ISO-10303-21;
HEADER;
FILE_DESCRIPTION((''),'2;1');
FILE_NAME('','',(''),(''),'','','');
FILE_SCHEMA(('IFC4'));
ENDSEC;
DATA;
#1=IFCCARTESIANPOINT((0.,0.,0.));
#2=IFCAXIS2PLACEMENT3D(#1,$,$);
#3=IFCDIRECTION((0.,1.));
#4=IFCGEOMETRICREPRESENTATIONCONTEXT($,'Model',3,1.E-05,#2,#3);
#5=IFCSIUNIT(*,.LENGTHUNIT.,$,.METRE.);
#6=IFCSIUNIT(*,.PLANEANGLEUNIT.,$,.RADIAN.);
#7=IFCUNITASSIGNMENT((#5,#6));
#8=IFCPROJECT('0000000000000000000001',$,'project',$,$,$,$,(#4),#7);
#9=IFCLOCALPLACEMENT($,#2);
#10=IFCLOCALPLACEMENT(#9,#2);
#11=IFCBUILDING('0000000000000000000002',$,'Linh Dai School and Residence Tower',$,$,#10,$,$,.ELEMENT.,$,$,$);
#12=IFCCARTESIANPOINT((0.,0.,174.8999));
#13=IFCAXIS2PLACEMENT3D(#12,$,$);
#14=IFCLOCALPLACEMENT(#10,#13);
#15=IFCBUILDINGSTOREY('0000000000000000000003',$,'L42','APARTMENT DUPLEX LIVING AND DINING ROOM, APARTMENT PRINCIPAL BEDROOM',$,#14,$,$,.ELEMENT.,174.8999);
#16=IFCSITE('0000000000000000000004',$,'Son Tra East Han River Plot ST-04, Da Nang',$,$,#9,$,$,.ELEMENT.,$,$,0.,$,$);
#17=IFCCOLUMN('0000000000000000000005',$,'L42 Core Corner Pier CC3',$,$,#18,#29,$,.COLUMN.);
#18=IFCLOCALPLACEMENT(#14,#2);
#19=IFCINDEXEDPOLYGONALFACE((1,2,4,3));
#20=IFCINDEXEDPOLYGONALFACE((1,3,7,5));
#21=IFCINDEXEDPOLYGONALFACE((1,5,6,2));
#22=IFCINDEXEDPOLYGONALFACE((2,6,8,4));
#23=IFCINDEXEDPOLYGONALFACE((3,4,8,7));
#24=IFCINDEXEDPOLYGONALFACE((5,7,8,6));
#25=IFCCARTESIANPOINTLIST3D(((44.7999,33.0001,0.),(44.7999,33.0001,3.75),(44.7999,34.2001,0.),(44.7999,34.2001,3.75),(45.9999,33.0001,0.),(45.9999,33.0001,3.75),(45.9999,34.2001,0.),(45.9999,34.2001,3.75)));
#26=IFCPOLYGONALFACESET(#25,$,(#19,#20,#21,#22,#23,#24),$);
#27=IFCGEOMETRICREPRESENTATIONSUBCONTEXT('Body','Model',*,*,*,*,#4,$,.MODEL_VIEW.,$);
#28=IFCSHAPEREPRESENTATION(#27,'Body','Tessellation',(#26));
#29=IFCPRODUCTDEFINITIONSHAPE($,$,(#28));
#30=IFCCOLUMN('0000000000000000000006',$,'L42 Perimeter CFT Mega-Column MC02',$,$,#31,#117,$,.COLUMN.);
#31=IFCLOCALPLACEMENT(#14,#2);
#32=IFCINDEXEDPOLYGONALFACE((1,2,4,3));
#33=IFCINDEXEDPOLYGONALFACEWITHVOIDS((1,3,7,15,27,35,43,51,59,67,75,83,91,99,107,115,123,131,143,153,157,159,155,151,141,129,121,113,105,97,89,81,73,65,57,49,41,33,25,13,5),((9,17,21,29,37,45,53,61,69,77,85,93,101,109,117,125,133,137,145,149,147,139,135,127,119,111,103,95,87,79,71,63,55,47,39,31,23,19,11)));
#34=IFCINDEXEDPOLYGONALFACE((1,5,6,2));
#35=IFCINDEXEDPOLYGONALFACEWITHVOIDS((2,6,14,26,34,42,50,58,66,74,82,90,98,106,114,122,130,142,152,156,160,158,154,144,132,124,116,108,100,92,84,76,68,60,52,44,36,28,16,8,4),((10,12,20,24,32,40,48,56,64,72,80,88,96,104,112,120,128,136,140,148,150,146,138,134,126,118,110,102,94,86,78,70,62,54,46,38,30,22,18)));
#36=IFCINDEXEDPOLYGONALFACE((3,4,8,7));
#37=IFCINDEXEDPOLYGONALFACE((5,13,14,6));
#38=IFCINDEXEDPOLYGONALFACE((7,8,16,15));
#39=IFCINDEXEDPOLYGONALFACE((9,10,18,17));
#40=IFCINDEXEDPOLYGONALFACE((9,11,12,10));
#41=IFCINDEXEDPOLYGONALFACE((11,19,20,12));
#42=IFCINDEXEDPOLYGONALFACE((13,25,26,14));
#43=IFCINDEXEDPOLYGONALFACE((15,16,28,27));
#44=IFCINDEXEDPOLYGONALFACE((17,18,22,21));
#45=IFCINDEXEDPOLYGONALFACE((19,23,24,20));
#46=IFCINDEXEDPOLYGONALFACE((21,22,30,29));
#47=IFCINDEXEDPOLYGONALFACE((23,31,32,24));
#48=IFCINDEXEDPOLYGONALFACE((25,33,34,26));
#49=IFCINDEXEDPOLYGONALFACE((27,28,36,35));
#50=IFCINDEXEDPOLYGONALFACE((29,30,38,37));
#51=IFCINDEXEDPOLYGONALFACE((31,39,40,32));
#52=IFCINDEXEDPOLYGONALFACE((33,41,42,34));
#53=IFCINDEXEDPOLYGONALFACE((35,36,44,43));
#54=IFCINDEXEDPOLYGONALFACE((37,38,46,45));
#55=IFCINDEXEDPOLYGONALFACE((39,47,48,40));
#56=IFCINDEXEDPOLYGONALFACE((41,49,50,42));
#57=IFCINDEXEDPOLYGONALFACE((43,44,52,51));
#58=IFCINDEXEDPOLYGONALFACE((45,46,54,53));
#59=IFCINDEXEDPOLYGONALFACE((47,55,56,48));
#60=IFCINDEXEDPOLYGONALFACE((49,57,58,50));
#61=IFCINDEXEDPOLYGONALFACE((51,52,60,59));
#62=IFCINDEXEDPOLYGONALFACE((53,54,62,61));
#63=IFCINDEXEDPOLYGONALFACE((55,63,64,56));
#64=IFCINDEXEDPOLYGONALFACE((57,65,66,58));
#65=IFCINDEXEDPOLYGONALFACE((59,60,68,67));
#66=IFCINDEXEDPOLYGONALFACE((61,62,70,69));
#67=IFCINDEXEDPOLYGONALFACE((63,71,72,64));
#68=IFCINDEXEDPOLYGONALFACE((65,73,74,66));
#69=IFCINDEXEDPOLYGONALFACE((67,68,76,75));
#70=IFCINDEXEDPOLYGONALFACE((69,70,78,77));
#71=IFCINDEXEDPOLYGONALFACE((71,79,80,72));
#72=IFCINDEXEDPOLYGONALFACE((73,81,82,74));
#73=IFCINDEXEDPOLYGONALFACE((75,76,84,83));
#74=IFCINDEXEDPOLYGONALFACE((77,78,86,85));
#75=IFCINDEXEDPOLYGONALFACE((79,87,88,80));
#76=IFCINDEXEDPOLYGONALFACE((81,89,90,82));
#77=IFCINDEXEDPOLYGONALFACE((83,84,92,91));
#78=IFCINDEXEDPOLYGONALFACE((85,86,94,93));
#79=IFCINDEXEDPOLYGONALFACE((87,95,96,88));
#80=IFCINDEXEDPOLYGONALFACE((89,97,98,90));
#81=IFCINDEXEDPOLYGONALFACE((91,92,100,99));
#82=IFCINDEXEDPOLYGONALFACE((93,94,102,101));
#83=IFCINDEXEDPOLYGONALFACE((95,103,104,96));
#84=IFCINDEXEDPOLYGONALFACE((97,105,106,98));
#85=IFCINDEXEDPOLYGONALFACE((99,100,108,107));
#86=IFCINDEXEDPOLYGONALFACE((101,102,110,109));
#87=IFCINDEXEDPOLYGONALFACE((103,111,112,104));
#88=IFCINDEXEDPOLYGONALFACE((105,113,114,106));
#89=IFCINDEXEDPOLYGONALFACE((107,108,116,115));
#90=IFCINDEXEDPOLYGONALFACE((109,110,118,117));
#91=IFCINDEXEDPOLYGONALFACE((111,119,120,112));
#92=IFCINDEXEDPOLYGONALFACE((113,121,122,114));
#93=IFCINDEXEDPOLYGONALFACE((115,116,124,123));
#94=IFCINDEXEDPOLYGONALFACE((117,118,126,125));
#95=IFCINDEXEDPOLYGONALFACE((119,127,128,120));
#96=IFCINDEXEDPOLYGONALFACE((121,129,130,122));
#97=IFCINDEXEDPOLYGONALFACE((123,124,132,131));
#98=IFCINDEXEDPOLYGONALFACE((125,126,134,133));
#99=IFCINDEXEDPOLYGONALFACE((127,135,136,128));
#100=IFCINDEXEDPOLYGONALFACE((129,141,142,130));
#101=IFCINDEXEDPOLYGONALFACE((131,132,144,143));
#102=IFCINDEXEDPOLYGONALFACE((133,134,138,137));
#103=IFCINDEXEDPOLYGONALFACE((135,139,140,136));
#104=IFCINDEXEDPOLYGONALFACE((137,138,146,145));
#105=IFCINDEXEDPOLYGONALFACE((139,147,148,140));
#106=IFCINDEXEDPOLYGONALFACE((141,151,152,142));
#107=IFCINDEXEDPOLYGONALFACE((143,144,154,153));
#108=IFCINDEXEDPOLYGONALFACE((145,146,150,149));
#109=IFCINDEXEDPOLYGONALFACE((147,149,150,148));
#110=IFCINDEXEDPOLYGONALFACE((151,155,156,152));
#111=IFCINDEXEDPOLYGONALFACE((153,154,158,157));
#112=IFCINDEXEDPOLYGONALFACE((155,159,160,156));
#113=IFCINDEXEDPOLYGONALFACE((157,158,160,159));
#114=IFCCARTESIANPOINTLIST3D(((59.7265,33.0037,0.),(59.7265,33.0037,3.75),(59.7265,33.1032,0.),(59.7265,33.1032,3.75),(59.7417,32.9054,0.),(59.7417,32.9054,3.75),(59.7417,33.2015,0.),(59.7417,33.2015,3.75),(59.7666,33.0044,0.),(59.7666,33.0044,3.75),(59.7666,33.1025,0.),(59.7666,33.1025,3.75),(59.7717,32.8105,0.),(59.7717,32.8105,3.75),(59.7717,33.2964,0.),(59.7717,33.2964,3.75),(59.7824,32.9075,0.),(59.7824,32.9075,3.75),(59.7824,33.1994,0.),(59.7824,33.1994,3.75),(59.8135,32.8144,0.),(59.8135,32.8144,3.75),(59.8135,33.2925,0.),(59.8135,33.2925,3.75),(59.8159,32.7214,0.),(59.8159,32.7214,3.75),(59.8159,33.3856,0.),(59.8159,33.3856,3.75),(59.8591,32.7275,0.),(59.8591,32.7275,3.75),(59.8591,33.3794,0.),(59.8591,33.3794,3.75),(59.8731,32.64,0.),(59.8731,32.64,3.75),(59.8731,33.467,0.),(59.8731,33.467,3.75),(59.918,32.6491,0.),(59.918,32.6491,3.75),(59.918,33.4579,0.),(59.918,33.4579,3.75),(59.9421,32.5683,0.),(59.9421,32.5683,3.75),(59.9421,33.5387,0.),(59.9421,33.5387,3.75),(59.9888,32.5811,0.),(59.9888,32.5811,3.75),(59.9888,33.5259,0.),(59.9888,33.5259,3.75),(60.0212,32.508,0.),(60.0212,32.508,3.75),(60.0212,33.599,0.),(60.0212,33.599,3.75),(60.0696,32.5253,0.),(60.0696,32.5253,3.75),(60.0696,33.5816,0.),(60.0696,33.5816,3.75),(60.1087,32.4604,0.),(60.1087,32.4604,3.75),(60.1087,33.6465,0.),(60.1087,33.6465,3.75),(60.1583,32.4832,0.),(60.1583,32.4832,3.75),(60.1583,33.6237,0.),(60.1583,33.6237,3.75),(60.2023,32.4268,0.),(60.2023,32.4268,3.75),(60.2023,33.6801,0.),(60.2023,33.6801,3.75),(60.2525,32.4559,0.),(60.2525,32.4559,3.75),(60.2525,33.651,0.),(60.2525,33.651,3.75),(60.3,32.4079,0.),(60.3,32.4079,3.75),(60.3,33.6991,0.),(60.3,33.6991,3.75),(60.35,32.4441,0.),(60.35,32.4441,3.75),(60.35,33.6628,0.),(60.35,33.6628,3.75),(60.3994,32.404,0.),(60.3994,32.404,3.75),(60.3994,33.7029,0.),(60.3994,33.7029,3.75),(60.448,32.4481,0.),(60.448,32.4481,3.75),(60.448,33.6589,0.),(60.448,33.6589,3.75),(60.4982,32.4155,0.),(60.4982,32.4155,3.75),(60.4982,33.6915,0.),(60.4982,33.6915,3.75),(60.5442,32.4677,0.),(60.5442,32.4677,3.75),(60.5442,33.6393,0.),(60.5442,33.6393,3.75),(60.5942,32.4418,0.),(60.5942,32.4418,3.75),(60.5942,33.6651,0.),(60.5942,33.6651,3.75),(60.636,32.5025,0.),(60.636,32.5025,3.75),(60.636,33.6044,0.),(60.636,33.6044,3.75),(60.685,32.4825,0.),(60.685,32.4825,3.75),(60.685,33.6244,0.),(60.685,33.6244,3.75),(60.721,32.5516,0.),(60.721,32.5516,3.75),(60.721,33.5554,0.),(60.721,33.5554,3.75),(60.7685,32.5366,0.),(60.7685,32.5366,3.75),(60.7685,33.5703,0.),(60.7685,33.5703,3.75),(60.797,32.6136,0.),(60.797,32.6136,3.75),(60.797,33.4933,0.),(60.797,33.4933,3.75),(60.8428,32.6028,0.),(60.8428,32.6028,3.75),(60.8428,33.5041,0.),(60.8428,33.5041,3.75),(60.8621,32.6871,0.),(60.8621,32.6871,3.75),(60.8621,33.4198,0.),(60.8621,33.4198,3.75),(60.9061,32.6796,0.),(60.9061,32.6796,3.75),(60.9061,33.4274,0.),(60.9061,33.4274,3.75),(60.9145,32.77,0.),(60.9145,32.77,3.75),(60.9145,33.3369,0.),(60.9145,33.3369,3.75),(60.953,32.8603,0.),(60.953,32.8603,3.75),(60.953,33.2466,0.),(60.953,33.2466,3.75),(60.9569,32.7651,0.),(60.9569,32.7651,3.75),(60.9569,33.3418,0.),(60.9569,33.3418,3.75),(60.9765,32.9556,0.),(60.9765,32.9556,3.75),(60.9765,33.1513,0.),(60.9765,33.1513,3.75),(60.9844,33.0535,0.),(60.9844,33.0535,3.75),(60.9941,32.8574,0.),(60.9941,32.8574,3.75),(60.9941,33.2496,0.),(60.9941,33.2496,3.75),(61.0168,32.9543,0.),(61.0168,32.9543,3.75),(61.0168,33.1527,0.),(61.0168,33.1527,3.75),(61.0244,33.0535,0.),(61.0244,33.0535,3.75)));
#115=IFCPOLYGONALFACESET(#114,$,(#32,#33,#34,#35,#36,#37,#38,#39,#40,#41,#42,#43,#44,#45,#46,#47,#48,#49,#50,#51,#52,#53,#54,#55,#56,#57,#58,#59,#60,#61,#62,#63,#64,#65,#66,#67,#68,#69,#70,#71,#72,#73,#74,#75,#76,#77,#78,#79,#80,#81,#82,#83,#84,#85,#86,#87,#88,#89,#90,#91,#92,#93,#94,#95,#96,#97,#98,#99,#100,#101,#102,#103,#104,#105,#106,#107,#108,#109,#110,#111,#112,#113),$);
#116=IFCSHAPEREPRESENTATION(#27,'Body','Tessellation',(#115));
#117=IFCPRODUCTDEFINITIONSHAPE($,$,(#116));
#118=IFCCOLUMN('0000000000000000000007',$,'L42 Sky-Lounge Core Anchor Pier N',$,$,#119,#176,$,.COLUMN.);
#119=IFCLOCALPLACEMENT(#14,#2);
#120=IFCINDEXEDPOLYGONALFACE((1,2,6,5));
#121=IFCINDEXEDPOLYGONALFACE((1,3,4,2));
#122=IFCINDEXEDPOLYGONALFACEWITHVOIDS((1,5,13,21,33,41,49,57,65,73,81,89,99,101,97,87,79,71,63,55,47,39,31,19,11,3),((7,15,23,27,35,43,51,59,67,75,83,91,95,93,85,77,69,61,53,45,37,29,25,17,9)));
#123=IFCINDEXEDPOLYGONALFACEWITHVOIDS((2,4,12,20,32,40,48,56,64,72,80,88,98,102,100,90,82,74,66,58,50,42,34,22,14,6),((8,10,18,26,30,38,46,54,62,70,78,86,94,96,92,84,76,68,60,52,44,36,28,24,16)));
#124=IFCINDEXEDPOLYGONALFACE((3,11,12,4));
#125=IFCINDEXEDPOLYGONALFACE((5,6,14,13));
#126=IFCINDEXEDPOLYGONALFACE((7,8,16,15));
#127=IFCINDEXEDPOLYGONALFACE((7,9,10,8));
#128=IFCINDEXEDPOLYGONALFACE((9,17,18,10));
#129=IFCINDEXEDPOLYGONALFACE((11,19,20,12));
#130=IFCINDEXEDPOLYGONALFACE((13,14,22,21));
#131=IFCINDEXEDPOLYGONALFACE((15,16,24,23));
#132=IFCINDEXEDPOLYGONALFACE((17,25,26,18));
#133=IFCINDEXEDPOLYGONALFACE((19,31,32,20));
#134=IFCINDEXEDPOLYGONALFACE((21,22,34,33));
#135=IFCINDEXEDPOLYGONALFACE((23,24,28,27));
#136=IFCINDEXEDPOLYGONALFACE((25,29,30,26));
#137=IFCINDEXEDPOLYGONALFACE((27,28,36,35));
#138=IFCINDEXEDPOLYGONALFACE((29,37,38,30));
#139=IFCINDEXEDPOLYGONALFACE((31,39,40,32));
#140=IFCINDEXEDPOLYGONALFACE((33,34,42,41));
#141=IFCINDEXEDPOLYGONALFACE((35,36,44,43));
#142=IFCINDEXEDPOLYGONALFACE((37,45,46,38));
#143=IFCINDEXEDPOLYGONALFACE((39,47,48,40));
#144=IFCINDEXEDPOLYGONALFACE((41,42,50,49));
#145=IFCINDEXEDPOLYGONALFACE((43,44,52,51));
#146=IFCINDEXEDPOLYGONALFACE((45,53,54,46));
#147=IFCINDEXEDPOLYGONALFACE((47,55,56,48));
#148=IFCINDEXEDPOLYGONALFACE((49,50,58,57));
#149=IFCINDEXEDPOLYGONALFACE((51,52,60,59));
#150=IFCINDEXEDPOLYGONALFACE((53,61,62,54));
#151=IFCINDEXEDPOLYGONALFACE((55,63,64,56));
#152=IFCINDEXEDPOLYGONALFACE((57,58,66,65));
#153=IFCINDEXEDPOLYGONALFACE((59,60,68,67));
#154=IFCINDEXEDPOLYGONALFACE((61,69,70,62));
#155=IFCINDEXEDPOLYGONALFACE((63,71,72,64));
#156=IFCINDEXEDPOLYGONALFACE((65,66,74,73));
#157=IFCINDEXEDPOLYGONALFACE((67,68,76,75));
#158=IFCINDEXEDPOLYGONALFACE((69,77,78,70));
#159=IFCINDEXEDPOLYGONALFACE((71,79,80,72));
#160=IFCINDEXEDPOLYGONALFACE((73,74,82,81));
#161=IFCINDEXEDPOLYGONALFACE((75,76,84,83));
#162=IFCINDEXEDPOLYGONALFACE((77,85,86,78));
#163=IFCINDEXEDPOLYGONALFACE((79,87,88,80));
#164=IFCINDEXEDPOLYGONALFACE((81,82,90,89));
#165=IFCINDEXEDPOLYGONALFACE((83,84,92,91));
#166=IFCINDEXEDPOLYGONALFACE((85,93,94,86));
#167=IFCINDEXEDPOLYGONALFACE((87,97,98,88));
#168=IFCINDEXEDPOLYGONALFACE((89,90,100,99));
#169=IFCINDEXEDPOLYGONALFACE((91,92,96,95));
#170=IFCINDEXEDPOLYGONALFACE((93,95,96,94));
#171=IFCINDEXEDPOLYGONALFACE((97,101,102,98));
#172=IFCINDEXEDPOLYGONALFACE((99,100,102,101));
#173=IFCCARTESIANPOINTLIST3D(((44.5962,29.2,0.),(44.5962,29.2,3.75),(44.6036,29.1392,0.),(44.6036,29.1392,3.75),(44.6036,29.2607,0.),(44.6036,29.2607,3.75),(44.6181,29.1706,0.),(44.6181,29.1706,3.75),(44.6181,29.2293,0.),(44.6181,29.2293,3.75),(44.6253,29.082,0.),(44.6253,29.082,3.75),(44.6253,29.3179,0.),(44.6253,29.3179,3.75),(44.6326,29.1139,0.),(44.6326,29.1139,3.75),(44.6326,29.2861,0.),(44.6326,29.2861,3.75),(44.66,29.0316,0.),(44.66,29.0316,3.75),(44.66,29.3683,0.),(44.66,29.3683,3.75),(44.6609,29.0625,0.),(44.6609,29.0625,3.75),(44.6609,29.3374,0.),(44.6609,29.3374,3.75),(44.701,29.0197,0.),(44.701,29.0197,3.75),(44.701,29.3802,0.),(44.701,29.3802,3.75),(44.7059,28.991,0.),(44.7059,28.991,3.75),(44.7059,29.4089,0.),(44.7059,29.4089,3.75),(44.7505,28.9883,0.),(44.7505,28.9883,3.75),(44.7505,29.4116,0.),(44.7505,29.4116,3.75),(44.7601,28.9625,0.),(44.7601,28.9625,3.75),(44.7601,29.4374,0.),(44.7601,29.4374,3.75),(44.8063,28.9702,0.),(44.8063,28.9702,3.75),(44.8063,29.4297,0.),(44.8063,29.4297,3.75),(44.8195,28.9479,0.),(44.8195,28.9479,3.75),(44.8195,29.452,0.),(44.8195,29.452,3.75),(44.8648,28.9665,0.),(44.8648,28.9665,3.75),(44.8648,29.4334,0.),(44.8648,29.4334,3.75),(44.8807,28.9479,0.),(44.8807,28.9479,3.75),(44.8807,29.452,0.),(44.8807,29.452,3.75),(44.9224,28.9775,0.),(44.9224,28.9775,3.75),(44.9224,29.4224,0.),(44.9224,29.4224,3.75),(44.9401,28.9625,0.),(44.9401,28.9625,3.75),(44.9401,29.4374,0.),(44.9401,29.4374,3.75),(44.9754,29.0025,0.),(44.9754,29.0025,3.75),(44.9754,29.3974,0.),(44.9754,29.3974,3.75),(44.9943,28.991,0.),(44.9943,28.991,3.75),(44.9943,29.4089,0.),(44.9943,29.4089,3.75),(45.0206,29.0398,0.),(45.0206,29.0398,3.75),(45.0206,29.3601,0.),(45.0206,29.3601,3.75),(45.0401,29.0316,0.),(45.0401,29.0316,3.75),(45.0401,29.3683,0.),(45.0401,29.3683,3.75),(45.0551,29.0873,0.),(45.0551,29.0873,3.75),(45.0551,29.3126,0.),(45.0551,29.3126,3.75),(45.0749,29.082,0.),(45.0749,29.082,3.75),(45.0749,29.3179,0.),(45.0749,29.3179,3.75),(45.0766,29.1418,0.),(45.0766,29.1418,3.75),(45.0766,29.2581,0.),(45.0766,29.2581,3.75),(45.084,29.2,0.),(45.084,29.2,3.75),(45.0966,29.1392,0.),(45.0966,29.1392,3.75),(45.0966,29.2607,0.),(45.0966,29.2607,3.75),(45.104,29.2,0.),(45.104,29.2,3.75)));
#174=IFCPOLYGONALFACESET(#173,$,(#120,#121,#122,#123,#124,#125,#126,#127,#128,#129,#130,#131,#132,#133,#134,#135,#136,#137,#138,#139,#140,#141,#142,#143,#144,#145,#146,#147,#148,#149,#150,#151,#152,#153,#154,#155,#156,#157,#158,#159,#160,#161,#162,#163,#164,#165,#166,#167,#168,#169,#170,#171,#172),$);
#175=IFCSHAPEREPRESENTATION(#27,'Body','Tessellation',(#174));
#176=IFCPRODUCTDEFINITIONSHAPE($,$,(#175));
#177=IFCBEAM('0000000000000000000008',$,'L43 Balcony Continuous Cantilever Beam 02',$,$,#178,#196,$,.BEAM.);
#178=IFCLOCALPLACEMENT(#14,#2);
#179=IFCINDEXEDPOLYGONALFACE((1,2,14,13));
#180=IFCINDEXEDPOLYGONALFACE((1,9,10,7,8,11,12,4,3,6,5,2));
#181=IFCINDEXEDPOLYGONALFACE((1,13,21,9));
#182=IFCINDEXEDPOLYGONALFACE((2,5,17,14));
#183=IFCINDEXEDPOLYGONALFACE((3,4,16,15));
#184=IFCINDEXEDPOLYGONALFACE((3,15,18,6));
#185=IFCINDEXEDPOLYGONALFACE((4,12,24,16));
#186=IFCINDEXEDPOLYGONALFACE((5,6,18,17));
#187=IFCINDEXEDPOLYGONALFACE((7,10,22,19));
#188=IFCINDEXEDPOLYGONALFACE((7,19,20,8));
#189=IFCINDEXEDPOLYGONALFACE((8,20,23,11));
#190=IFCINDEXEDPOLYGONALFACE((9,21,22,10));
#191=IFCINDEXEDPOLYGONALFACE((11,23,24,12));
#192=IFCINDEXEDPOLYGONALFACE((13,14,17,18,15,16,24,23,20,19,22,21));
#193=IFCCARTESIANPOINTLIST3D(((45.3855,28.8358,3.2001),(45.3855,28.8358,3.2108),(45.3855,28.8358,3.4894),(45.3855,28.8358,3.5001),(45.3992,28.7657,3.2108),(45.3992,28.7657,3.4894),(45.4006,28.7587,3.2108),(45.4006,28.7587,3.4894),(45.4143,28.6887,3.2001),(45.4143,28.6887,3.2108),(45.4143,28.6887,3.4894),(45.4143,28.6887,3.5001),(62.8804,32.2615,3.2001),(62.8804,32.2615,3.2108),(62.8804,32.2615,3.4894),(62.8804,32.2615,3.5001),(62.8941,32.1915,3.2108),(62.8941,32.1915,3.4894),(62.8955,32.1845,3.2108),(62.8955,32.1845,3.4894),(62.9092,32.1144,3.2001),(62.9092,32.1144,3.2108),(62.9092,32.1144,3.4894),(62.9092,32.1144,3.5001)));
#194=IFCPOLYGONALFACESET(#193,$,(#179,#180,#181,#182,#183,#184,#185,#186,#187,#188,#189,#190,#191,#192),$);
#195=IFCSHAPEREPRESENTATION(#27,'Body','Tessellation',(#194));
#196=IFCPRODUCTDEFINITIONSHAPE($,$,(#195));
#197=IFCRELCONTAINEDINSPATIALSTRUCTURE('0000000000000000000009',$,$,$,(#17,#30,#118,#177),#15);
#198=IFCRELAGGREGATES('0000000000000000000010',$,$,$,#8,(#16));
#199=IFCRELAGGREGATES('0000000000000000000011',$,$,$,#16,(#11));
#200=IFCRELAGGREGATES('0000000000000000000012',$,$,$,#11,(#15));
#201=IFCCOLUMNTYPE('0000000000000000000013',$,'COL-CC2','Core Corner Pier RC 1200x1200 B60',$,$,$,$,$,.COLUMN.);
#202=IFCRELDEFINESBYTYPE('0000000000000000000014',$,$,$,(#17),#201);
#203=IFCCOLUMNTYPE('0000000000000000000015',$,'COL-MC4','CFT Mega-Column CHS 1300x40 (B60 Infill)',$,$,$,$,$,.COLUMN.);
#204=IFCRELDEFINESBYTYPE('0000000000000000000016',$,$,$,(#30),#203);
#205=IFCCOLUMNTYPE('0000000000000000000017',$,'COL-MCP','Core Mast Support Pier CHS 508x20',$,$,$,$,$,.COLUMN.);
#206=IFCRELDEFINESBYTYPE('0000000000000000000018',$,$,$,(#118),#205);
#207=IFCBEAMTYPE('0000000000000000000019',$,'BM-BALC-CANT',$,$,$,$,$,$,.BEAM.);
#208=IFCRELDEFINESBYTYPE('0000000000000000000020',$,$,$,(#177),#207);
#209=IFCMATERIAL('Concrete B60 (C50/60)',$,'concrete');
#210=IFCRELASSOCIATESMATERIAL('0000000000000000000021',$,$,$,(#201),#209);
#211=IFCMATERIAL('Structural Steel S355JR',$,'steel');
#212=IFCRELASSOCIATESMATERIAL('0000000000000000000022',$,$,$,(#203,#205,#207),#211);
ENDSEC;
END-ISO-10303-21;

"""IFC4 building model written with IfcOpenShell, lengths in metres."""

from ifc_helpers import new_model, si_unit, direction, frame, origin, origin_2d, place, context, subcontext, project, spatial, rectangle, hollow_circle, i_section, extrude, material, material_profile, profile_set, type_object, element, save


model = new_model("IFC4")

# Units and contexts
model_context = context("Model", 3, precision=1e-05, world=origin(), true_north=direction((0.0, 1.0)))
body_context = subcontext(model_context, "Body", "Model", "MODEL_VIEW")
ifc_project = project(units=[si_unit("LENGTHUNIT", "METRE"), si_unit("PLANEANGLEUNIT", "RADIAN")], contexts=[model_context])

# Site, building, storey
site_placement = place(None, origin())
site = spatial("IfcSite", under=ifc_project, at=site_placement, Name="Son Tra East Han River Plot ST-04, Da Nang", CompositionType="ELEMENT", RefElevation=0.0)
building_placement = place(site_placement, origin())
building = spatial("IfcBuilding", under=site, at=building_placement, Name="Linh Dai School and Residence Tower", CompositionType="ELEMENT")
storey_placement = place(building_placement, frame((0.0, 0.0, 174.8999)))
storey = spatial("IfcBuildingStorey", under=building, at=storey_placement, Name="L42", Description="APARTMENT DUPLEX LIVING AND DINING ROOM, APARTMENT PRINCIPAL BEDROOM", CompositionType="ELEMENT", Elevation=174.8999)

# Columns
ifc_material_1 = material(Name="Concrete B60 (C50/60)", Category="concrete")
ifc_material_profile_1 = material_profile(ifc_material_1, rectangle(XDim=1.2, YDim=1.2, at=origin_2d()), Name="RC 1200x1200")
ifc_profile_set_1 = profile_set([ifc_material_profile_1], Name="Concrete B60 (C50/60)")
column_type_1 = type_object("IfcColumnType", Name="COL-CC2", Description="Core Corner Pier RC 1200x1200 B60", PredefinedType="COLUMN", material=ifc_profile_set_1)
column_1_placement = place(storey_placement, frame((45.3999, 33.6001, 0.0), z_axis=(0.0, 0.0, 1.0), x_axis=(1.0, 0.0, 0.0)))
element("IfcColumn", 1, at=column_1_placement, inside=storey, type_object=column_type_1, Name="L42 Core Corner Pier CC3", PredefinedType="COLUMN", context=body_context, shape_type="SweptSolid", body=[
    extrude(rectangle(XDim=1.2, YDim=1.2, at=origin_2d()), origin(), (0.0, 0.0, 1.0), 3.75),
])
ifc_material_2 = material(Name="Structural Steel S355JR", Category="steel")
ifc_material_profile_2 = material_profile(ifc_material_2, hollow_circle(Radius=0.6499, WallThickness=0.04, at=origin_2d()), Name="CHS 1300x40")
ifc_profile_set_2 = profile_set([ifc_material_profile_2], Name="Structural Steel S355JR")
column_type_2 = type_object("IfcColumnType", Name="COL-MC4", Description="CFT Mega-Column CHS 1300x40 (B60 Infill)", PredefinedType="COLUMN", material=ifc_profile_set_2)
column_2_placement = place(storey_placement, frame((60.3745, 33.0535, 0.0), z_axis=(0.0, 0.0, 1.0), x_axis=(1.0, 0.0, 0.0)))
element("IfcColumn", 2, at=column_2_placement, inside=storey, type_object=column_type_2, Name="L42 Perimeter CFT Mega-Column MC02", PredefinedType="COLUMN", context=body_context, shape_type="SweptSolid", body=[
    extrude(hollow_circle(Radius=0.6499, WallThickness=0.04, at=origin_2d()), origin(), (0.0, 0.0, 1.0), 3.75),
])
ifc_material_profile_3 = material_profile(ifc_material_2, hollow_circle(Radius=0.2539, WallThickness=0.02, at=origin_2d()), Name="CHS 508x20")
ifc_profile_set_3 = profile_set([ifc_material_profile_3], Name="Structural Steel S355JR")
column_type_3 = type_object("IfcColumnType", Name="COL-MCP", Description="Core Mast Support Pier CHS 508x20", PredefinedType="COLUMN", material=ifc_profile_set_3)
column_3_placement = place(storey_placement, frame((44.8501, 29.2, 0.0), z_axis=(0.0, 0.0, 1.0), x_axis=(1.0, 0.0, 0.0)))
element("IfcColumn", 3, at=column_3_placement, inside=storey, type_object=column_type_3, Name="L42 Sky-Lounge Core Anchor Pier N", PredefinedType="COLUMN", context=body_context, shape_type="SweptSolid", body=[
    extrude(hollow_circle(Radius=0.2539, WallThickness=0.02, at=origin_2d()), origin(), (0.0, 0.0, 1.0), 3.75),
])

# Beam
ifc_material_profile_4 = material_profile(ifc_material_2, i_section(OverallWidth=0.1499, OverallDepth=0.3, WebThickness=0.0071, FlangeThickness=0.0107, at=origin_2d()), Name="IPE 300")
ifc_profile_set_4 = profile_set([ifc_material_profile_4], Name="Structural Steel S355JR")
beam_type_1 = type_object("IfcBeamType", Name="BM-BALC-CANT", PredefinedType="BEAM", material=ifc_profile_set_4)
beam_1_placement = place(storey_placement, frame((45.3999, 28.7622, 3.3501), z_axis=(0.981362, 0.192167, 0.0), x_axis=(-0.192167, 0.981362, 0.0)))
element("IfcBeam", 4, at=beam_1_placement, inside=storey, type_object=beam_type_1, Name="L43 Balcony Continuous Cantilever Beam 02", PredefinedType="BEAM", context=body_context, shape_type="SweptSolid", body=[
    extrude(i_section(OverallWidth=0.1499, OverallDepth=0.3, WebThickness=0.0071, FlangeThickness=0.0107, at=origin_2d()), origin(), (0.0, 0.0, 1.0), 17.8271),
])

save(model, "model.ifc")
